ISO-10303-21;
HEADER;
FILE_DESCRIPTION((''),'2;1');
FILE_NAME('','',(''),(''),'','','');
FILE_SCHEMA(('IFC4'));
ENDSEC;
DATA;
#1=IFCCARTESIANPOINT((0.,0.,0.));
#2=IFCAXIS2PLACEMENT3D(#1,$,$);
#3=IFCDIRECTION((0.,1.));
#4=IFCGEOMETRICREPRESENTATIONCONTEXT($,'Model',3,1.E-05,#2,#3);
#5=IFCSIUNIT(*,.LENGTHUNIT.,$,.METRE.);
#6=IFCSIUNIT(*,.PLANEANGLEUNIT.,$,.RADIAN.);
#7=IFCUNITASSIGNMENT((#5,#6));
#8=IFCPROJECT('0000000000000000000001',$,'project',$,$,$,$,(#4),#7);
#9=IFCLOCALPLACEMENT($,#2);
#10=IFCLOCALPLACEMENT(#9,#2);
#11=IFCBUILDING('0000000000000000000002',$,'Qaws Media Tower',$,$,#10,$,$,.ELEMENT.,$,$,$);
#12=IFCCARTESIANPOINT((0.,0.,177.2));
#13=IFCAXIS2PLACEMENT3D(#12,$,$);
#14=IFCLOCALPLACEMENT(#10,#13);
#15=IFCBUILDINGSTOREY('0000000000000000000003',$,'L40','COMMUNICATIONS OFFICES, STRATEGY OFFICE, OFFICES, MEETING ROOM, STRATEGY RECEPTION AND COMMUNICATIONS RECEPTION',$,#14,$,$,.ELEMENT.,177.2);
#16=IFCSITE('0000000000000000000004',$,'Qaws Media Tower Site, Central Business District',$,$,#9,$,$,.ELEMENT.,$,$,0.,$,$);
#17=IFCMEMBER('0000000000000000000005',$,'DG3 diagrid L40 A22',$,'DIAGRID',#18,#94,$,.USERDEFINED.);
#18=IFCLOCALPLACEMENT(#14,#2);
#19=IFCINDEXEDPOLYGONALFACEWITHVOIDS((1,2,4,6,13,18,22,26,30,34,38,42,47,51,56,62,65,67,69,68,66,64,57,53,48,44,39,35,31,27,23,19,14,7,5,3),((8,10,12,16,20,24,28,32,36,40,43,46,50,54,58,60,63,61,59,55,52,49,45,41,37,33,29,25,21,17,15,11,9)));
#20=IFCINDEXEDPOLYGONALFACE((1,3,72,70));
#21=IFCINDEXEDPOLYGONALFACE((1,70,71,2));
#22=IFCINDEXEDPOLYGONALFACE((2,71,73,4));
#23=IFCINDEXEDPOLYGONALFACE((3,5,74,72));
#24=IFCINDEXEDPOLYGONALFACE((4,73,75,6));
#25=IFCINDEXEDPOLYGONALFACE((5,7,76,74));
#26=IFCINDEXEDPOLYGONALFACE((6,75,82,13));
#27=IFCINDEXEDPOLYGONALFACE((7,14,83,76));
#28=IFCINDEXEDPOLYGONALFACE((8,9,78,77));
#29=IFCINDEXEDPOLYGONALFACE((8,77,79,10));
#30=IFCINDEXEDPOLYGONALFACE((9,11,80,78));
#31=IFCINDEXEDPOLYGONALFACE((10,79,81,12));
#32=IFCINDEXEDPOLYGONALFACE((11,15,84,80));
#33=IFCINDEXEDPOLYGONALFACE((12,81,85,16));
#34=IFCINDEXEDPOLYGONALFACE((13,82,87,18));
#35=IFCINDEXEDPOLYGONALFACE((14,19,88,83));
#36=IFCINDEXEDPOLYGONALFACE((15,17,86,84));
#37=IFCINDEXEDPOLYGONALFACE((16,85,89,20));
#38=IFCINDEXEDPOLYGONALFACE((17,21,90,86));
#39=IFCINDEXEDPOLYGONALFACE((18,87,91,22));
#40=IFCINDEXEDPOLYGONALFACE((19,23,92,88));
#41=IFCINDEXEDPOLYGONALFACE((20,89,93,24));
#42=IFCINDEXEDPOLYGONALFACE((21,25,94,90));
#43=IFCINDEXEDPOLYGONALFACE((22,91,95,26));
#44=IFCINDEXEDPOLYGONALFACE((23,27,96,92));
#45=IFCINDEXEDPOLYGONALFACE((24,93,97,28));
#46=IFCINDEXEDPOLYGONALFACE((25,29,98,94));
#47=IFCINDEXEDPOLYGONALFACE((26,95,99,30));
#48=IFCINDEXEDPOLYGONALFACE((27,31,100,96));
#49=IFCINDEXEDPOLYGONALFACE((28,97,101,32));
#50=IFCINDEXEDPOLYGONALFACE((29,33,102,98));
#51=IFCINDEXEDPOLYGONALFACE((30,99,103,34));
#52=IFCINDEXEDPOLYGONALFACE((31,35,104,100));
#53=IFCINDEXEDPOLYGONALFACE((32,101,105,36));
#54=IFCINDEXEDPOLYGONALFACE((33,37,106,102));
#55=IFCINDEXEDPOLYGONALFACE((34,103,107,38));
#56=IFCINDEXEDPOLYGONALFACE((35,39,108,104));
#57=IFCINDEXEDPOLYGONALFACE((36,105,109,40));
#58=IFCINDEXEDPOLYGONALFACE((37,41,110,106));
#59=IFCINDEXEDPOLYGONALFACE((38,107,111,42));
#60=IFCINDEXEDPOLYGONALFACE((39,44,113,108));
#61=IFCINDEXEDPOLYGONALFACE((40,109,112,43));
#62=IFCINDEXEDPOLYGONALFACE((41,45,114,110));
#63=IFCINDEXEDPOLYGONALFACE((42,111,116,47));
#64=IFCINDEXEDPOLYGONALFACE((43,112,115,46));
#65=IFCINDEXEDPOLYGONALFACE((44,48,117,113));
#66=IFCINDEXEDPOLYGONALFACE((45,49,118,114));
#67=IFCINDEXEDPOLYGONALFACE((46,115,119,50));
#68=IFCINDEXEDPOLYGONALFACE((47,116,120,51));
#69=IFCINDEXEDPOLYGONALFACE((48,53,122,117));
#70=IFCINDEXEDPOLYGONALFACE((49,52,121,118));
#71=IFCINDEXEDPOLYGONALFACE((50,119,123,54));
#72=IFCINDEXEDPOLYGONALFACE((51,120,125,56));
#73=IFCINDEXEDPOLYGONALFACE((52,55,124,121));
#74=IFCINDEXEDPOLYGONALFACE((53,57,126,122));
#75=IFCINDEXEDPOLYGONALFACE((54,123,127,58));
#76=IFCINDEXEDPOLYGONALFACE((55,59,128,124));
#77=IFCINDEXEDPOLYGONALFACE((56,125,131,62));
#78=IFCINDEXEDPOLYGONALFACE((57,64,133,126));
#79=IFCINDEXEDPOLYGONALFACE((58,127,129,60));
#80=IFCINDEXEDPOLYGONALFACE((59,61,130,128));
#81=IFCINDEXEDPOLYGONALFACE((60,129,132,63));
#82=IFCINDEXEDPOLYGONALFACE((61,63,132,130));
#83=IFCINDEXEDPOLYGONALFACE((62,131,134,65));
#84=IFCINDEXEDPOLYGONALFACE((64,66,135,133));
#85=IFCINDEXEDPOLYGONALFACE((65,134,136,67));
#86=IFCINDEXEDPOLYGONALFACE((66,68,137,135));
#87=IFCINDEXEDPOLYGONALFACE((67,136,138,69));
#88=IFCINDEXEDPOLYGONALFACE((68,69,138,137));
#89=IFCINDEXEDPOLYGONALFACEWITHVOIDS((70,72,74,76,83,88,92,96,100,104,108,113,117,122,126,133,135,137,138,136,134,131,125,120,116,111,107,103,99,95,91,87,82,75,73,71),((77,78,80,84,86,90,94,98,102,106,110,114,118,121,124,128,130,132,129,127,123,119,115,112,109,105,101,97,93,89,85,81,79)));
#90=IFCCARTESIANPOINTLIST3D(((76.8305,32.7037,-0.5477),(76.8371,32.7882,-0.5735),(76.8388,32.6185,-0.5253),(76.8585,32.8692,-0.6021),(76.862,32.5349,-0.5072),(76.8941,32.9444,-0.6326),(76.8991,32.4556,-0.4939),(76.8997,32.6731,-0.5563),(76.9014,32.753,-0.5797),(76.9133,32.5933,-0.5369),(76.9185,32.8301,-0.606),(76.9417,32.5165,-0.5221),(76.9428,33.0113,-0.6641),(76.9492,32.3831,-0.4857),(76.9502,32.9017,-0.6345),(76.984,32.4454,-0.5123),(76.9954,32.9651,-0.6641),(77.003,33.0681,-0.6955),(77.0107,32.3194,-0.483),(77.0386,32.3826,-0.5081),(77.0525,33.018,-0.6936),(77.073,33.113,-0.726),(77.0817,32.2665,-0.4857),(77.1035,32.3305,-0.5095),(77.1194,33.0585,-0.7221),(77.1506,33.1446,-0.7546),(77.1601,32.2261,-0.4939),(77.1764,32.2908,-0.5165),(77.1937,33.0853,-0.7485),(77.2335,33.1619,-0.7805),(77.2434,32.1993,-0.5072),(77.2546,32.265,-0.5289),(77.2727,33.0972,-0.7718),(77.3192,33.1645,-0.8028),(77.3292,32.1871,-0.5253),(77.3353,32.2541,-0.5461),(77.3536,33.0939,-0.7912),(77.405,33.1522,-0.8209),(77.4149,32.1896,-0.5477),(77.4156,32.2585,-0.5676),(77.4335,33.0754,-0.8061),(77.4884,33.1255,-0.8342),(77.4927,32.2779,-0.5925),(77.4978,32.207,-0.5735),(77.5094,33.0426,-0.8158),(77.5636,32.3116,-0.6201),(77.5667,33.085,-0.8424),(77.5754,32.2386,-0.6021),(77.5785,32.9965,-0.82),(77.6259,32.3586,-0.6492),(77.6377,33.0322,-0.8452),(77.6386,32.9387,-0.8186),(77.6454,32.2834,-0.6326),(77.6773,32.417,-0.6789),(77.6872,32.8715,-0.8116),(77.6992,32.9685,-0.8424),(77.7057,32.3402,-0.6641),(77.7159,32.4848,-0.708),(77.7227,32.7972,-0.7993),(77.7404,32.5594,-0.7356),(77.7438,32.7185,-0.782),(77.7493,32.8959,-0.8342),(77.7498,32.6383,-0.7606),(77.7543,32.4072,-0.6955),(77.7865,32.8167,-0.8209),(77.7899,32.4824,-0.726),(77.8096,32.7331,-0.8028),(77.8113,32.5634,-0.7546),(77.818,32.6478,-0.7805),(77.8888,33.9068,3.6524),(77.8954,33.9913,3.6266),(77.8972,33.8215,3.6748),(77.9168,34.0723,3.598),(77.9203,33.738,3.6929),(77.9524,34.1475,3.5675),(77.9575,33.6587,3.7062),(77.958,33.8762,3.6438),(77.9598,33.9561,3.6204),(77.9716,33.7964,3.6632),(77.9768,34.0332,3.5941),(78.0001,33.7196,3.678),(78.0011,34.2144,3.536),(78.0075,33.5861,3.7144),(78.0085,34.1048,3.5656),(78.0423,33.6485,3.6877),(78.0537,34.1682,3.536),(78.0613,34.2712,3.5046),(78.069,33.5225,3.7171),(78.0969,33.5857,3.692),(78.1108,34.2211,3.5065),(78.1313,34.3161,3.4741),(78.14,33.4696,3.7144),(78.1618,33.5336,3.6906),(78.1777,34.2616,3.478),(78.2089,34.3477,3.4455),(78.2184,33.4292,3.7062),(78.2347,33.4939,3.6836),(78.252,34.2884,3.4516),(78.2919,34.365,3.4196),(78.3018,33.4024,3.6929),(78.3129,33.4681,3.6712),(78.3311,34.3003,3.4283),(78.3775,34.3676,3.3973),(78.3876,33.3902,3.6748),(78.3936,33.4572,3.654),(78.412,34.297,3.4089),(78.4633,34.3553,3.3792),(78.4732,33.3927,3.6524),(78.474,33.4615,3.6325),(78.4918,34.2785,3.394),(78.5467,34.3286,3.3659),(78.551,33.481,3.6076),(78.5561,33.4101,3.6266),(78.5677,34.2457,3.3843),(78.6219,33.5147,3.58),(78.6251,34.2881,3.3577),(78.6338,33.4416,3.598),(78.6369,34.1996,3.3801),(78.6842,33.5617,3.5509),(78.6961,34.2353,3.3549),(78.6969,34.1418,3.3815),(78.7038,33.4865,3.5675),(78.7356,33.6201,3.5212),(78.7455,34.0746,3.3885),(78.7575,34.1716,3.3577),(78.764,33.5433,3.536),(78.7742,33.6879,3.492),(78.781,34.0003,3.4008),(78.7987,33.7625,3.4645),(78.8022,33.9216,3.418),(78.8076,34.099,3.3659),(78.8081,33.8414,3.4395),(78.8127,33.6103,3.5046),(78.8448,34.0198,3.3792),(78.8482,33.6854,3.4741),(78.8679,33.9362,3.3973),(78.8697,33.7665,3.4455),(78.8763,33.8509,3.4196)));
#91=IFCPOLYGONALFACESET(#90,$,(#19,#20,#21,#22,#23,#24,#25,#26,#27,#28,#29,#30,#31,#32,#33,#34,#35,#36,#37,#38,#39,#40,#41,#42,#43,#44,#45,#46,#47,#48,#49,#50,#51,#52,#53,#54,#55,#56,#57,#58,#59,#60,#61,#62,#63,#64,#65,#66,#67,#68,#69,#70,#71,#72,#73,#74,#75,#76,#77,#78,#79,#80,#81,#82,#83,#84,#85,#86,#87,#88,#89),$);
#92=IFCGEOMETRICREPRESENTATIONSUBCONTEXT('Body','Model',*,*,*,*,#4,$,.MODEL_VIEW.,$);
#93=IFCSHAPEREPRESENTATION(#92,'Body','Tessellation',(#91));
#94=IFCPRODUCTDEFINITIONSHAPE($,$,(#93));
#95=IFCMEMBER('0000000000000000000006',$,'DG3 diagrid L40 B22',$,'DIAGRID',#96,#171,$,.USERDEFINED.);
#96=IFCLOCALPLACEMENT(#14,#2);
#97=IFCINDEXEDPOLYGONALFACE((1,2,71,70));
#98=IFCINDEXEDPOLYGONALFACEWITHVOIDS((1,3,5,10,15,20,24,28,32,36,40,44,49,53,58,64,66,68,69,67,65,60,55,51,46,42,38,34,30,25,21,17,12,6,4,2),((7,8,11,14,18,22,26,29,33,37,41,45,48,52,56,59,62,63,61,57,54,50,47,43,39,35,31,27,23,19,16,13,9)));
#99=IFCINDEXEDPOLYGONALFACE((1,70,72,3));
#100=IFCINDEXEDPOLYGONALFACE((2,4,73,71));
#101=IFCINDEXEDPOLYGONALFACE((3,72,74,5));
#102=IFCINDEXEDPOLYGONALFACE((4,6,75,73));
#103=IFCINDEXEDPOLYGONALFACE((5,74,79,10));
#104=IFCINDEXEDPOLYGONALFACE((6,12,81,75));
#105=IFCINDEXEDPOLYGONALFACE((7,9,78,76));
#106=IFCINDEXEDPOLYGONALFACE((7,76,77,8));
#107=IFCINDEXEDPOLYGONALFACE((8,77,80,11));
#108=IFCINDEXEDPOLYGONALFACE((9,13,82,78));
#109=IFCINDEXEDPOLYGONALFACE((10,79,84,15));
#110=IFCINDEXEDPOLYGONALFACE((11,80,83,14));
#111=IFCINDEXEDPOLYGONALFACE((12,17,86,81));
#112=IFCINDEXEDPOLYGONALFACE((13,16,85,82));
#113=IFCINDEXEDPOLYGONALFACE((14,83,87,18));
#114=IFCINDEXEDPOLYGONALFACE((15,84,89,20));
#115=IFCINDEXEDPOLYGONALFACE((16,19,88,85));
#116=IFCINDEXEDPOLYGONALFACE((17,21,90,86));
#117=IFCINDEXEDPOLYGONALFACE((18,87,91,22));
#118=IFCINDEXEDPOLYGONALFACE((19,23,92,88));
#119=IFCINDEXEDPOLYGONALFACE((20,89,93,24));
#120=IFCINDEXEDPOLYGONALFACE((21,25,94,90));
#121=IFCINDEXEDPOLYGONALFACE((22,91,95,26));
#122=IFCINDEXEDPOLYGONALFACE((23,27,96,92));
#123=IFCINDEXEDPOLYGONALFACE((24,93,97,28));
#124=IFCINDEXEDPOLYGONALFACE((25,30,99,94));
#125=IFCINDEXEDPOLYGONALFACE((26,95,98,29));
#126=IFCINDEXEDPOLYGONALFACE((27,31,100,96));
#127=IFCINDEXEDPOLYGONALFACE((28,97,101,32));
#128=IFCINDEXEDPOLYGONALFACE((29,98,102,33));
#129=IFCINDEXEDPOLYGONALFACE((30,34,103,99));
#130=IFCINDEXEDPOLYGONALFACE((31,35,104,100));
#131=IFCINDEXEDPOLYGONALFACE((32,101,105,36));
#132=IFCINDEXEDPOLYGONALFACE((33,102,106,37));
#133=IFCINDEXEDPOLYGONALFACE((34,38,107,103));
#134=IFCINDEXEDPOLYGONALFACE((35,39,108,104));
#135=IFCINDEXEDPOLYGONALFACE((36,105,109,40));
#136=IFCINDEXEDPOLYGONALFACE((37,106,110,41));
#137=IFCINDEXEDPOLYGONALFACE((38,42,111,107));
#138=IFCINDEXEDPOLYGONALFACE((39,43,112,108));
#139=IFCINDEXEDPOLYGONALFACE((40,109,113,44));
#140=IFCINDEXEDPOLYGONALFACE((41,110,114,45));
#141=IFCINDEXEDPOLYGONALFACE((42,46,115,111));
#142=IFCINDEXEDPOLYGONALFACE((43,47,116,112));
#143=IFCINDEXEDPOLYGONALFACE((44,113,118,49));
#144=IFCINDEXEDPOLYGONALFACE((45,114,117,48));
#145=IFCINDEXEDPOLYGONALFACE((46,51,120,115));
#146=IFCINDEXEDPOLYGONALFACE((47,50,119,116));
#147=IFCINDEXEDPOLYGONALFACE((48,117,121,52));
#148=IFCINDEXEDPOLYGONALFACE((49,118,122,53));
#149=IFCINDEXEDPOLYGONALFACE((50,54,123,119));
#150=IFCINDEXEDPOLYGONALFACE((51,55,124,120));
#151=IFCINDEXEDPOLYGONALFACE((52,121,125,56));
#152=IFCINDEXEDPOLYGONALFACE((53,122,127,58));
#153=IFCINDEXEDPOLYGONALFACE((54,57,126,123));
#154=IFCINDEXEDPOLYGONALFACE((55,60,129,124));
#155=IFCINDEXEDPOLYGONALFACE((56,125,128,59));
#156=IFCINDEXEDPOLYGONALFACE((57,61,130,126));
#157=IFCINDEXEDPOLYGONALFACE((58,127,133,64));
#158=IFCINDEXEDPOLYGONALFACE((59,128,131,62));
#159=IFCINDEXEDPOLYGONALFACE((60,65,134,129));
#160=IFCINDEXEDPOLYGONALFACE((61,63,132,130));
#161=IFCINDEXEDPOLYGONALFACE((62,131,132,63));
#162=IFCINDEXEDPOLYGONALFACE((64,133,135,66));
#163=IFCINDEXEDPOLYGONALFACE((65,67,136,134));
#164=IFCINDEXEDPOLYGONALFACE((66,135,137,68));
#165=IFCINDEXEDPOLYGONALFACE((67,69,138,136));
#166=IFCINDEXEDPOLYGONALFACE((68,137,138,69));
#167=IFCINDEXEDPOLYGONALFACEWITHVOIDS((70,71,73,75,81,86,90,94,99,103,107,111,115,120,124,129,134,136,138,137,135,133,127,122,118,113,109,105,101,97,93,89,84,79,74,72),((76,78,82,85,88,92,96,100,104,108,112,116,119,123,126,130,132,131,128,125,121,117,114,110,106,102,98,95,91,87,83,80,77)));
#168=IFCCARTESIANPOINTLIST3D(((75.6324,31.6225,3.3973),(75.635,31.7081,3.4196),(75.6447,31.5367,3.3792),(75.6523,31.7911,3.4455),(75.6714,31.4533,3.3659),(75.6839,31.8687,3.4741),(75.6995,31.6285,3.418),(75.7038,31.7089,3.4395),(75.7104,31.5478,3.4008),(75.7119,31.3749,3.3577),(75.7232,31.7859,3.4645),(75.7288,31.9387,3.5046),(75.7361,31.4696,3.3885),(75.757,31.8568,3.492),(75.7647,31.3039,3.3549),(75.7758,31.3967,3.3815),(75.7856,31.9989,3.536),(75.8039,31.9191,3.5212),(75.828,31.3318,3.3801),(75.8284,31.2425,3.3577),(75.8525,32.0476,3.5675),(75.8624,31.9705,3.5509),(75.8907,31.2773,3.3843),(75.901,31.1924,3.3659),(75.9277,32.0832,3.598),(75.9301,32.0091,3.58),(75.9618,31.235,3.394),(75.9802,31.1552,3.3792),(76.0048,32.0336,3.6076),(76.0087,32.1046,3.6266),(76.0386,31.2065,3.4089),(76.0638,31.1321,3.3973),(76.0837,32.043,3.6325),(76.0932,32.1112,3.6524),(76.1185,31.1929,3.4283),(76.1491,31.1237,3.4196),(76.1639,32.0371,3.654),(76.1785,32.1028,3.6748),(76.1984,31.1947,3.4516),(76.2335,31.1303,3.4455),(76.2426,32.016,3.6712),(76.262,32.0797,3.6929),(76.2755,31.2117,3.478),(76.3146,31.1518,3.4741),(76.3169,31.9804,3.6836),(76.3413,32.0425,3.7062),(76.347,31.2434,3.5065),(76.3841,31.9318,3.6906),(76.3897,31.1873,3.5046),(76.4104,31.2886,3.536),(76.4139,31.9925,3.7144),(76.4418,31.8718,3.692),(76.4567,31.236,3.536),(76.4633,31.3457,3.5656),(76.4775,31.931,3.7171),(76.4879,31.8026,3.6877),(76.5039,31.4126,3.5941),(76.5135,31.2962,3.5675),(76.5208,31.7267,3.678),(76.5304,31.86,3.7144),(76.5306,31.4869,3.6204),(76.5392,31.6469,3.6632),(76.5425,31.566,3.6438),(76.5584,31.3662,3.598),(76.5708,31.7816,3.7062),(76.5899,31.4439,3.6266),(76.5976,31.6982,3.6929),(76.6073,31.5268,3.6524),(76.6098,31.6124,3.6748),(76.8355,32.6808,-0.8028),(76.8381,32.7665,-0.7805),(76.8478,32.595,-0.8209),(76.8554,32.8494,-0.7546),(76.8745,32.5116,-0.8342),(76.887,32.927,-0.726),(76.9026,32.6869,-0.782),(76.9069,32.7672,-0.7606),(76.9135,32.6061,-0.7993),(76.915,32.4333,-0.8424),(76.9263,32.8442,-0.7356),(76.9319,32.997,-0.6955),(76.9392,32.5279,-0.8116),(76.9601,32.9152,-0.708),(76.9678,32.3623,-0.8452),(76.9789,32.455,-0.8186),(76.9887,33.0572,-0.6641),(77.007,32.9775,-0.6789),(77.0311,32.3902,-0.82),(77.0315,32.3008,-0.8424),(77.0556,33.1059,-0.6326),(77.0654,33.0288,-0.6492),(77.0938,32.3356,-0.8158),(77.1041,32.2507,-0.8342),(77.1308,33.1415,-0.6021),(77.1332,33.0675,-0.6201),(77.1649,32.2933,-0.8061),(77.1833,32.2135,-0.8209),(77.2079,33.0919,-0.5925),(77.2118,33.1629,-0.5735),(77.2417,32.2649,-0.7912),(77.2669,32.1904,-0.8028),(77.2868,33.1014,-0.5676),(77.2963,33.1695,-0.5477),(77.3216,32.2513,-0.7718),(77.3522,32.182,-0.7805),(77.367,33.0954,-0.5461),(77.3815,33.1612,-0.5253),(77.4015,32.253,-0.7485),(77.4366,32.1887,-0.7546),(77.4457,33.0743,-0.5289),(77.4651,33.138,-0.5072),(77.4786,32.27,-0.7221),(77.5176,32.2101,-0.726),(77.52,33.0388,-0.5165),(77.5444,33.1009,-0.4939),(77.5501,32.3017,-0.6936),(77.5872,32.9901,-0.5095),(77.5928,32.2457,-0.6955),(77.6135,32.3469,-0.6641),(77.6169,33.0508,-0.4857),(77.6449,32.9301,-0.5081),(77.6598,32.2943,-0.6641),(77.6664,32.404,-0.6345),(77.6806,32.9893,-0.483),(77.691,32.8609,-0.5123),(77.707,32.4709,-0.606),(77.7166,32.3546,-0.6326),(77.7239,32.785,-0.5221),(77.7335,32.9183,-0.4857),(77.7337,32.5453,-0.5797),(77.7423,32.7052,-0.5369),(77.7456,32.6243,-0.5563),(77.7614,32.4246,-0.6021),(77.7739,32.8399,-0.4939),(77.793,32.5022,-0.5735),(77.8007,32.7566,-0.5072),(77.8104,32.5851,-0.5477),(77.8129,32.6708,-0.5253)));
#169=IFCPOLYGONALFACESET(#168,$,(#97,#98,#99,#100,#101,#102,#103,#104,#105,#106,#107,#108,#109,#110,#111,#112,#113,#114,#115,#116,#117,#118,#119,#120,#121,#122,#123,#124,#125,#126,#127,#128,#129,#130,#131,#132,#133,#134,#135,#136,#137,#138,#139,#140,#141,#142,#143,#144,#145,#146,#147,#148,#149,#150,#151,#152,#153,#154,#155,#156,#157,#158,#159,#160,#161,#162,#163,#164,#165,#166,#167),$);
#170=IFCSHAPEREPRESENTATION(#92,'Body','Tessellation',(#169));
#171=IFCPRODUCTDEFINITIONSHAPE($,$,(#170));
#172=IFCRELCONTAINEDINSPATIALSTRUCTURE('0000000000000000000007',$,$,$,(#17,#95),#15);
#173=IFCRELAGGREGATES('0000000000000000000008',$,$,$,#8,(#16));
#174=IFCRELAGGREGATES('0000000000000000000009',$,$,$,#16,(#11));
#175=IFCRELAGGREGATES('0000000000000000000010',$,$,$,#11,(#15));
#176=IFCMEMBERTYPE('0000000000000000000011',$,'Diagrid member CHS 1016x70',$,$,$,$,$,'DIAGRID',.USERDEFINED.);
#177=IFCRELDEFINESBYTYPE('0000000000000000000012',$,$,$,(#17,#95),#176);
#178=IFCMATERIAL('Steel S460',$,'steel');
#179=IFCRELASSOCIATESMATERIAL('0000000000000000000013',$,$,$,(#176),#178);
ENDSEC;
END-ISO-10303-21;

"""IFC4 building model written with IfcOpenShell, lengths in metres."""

from ifc_helpers import new_model, si_unit, direction, frame, origin, origin_2d, place, context, subcontext, project, spatial, hollow_circle, extrude, material, material_profile, profile_set, type_object, element, save


model = new_model("IFC4")

# Units and contexts
model_context = context("Model", 3, precision=1e-05, world=origin(), true_north=direction((0.0, 1.0)))
body_context = subcontext(model_context, "Body", "Model", "MODEL_VIEW")
ifc_project = project(units=[si_unit("LENGTHUNIT", "METRE"), si_unit("PLANEANGLEUNIT", "RADIAN")], contexts=[model_context])

# Site, building, storey
site_placement = place(None, origin())
site = spatial("IfcSite", under=ifc_project, at=site_placement, Name="Qaws Media Tower Site, Central Business District", CompositionType="ELEMENT", RefElevation=0.0)
building_placement = place(site_placement, origin())
building = spatial("IfcBuilding", under=site, at=building_placement, Name="Qaws Media Tower", CompositionType="ELEMENT")
storey_placement = place(building_placement, frame((0.0, 0.0, 177.2)))
storey = spatial("IfcBuildingStorey", under=building, at=storey_placement, Name="L40", Description="COMMUNICATIONS OFFICES, STRATEGY OFFICE, OFFICES, MEETING ROOM, STRATEGY RECEPTION AND COMMUNICATIONS RECEPTION", CompositionType="ELEMENT", Elevation=177.2)

# Members
ifc_material_1 = material(Name="Steel S460", Category="steel")
ifc_material_profile_1 = material_profile(ifc_material_1, hollow_circle(Radius=0.5081, WallThickness=0.0701, at=origin_2d()), Name="CHS 1016x70")
ifc_profile_set_1 = profile_set([ifc_material_profile_1], Name="Steel S460")
member_type_1 = type_object("IfcMemberType", Name="Diagrid member CHS 1016x70", ElementType="DIAGRID", PredefinedType="USERDEFINED", material=ifc_profile_set_1)
for number, where, z_axis, x_axis, name in (
    (1, (77.3242, 32.6758, -0.6641), (0.235426, 0.267631, 0.934317), (-0.750837, 0.660487, 0.0), "DG3 diagrid L40 A22"),
    (2, (77.3242, 32.6758, -0.6641), (-0.267631, -0.235426, 0.934317), (0.660487, -0.750837, 0.0), "DG3 diagrid L40 B22"),
):
    element("IfcMember", number, at=place(storey_placement, frame(where, z_axis=z_axis, x_axis=x_axis)), inside=storey, type_object=member_type_1, Name=name, ObjectType="DIAGRID", PredefinedType="USERDEFINED", context=body_context, shape_type="SweptSolid", body=[
        extrude(hollow_circle(Radius=0.5081, WallThickness=0.0701, at=origin_2d()), origin(), (0.0, 0.0, 1.0), 4.4954),
    ])

save(model, "model.ifc")
